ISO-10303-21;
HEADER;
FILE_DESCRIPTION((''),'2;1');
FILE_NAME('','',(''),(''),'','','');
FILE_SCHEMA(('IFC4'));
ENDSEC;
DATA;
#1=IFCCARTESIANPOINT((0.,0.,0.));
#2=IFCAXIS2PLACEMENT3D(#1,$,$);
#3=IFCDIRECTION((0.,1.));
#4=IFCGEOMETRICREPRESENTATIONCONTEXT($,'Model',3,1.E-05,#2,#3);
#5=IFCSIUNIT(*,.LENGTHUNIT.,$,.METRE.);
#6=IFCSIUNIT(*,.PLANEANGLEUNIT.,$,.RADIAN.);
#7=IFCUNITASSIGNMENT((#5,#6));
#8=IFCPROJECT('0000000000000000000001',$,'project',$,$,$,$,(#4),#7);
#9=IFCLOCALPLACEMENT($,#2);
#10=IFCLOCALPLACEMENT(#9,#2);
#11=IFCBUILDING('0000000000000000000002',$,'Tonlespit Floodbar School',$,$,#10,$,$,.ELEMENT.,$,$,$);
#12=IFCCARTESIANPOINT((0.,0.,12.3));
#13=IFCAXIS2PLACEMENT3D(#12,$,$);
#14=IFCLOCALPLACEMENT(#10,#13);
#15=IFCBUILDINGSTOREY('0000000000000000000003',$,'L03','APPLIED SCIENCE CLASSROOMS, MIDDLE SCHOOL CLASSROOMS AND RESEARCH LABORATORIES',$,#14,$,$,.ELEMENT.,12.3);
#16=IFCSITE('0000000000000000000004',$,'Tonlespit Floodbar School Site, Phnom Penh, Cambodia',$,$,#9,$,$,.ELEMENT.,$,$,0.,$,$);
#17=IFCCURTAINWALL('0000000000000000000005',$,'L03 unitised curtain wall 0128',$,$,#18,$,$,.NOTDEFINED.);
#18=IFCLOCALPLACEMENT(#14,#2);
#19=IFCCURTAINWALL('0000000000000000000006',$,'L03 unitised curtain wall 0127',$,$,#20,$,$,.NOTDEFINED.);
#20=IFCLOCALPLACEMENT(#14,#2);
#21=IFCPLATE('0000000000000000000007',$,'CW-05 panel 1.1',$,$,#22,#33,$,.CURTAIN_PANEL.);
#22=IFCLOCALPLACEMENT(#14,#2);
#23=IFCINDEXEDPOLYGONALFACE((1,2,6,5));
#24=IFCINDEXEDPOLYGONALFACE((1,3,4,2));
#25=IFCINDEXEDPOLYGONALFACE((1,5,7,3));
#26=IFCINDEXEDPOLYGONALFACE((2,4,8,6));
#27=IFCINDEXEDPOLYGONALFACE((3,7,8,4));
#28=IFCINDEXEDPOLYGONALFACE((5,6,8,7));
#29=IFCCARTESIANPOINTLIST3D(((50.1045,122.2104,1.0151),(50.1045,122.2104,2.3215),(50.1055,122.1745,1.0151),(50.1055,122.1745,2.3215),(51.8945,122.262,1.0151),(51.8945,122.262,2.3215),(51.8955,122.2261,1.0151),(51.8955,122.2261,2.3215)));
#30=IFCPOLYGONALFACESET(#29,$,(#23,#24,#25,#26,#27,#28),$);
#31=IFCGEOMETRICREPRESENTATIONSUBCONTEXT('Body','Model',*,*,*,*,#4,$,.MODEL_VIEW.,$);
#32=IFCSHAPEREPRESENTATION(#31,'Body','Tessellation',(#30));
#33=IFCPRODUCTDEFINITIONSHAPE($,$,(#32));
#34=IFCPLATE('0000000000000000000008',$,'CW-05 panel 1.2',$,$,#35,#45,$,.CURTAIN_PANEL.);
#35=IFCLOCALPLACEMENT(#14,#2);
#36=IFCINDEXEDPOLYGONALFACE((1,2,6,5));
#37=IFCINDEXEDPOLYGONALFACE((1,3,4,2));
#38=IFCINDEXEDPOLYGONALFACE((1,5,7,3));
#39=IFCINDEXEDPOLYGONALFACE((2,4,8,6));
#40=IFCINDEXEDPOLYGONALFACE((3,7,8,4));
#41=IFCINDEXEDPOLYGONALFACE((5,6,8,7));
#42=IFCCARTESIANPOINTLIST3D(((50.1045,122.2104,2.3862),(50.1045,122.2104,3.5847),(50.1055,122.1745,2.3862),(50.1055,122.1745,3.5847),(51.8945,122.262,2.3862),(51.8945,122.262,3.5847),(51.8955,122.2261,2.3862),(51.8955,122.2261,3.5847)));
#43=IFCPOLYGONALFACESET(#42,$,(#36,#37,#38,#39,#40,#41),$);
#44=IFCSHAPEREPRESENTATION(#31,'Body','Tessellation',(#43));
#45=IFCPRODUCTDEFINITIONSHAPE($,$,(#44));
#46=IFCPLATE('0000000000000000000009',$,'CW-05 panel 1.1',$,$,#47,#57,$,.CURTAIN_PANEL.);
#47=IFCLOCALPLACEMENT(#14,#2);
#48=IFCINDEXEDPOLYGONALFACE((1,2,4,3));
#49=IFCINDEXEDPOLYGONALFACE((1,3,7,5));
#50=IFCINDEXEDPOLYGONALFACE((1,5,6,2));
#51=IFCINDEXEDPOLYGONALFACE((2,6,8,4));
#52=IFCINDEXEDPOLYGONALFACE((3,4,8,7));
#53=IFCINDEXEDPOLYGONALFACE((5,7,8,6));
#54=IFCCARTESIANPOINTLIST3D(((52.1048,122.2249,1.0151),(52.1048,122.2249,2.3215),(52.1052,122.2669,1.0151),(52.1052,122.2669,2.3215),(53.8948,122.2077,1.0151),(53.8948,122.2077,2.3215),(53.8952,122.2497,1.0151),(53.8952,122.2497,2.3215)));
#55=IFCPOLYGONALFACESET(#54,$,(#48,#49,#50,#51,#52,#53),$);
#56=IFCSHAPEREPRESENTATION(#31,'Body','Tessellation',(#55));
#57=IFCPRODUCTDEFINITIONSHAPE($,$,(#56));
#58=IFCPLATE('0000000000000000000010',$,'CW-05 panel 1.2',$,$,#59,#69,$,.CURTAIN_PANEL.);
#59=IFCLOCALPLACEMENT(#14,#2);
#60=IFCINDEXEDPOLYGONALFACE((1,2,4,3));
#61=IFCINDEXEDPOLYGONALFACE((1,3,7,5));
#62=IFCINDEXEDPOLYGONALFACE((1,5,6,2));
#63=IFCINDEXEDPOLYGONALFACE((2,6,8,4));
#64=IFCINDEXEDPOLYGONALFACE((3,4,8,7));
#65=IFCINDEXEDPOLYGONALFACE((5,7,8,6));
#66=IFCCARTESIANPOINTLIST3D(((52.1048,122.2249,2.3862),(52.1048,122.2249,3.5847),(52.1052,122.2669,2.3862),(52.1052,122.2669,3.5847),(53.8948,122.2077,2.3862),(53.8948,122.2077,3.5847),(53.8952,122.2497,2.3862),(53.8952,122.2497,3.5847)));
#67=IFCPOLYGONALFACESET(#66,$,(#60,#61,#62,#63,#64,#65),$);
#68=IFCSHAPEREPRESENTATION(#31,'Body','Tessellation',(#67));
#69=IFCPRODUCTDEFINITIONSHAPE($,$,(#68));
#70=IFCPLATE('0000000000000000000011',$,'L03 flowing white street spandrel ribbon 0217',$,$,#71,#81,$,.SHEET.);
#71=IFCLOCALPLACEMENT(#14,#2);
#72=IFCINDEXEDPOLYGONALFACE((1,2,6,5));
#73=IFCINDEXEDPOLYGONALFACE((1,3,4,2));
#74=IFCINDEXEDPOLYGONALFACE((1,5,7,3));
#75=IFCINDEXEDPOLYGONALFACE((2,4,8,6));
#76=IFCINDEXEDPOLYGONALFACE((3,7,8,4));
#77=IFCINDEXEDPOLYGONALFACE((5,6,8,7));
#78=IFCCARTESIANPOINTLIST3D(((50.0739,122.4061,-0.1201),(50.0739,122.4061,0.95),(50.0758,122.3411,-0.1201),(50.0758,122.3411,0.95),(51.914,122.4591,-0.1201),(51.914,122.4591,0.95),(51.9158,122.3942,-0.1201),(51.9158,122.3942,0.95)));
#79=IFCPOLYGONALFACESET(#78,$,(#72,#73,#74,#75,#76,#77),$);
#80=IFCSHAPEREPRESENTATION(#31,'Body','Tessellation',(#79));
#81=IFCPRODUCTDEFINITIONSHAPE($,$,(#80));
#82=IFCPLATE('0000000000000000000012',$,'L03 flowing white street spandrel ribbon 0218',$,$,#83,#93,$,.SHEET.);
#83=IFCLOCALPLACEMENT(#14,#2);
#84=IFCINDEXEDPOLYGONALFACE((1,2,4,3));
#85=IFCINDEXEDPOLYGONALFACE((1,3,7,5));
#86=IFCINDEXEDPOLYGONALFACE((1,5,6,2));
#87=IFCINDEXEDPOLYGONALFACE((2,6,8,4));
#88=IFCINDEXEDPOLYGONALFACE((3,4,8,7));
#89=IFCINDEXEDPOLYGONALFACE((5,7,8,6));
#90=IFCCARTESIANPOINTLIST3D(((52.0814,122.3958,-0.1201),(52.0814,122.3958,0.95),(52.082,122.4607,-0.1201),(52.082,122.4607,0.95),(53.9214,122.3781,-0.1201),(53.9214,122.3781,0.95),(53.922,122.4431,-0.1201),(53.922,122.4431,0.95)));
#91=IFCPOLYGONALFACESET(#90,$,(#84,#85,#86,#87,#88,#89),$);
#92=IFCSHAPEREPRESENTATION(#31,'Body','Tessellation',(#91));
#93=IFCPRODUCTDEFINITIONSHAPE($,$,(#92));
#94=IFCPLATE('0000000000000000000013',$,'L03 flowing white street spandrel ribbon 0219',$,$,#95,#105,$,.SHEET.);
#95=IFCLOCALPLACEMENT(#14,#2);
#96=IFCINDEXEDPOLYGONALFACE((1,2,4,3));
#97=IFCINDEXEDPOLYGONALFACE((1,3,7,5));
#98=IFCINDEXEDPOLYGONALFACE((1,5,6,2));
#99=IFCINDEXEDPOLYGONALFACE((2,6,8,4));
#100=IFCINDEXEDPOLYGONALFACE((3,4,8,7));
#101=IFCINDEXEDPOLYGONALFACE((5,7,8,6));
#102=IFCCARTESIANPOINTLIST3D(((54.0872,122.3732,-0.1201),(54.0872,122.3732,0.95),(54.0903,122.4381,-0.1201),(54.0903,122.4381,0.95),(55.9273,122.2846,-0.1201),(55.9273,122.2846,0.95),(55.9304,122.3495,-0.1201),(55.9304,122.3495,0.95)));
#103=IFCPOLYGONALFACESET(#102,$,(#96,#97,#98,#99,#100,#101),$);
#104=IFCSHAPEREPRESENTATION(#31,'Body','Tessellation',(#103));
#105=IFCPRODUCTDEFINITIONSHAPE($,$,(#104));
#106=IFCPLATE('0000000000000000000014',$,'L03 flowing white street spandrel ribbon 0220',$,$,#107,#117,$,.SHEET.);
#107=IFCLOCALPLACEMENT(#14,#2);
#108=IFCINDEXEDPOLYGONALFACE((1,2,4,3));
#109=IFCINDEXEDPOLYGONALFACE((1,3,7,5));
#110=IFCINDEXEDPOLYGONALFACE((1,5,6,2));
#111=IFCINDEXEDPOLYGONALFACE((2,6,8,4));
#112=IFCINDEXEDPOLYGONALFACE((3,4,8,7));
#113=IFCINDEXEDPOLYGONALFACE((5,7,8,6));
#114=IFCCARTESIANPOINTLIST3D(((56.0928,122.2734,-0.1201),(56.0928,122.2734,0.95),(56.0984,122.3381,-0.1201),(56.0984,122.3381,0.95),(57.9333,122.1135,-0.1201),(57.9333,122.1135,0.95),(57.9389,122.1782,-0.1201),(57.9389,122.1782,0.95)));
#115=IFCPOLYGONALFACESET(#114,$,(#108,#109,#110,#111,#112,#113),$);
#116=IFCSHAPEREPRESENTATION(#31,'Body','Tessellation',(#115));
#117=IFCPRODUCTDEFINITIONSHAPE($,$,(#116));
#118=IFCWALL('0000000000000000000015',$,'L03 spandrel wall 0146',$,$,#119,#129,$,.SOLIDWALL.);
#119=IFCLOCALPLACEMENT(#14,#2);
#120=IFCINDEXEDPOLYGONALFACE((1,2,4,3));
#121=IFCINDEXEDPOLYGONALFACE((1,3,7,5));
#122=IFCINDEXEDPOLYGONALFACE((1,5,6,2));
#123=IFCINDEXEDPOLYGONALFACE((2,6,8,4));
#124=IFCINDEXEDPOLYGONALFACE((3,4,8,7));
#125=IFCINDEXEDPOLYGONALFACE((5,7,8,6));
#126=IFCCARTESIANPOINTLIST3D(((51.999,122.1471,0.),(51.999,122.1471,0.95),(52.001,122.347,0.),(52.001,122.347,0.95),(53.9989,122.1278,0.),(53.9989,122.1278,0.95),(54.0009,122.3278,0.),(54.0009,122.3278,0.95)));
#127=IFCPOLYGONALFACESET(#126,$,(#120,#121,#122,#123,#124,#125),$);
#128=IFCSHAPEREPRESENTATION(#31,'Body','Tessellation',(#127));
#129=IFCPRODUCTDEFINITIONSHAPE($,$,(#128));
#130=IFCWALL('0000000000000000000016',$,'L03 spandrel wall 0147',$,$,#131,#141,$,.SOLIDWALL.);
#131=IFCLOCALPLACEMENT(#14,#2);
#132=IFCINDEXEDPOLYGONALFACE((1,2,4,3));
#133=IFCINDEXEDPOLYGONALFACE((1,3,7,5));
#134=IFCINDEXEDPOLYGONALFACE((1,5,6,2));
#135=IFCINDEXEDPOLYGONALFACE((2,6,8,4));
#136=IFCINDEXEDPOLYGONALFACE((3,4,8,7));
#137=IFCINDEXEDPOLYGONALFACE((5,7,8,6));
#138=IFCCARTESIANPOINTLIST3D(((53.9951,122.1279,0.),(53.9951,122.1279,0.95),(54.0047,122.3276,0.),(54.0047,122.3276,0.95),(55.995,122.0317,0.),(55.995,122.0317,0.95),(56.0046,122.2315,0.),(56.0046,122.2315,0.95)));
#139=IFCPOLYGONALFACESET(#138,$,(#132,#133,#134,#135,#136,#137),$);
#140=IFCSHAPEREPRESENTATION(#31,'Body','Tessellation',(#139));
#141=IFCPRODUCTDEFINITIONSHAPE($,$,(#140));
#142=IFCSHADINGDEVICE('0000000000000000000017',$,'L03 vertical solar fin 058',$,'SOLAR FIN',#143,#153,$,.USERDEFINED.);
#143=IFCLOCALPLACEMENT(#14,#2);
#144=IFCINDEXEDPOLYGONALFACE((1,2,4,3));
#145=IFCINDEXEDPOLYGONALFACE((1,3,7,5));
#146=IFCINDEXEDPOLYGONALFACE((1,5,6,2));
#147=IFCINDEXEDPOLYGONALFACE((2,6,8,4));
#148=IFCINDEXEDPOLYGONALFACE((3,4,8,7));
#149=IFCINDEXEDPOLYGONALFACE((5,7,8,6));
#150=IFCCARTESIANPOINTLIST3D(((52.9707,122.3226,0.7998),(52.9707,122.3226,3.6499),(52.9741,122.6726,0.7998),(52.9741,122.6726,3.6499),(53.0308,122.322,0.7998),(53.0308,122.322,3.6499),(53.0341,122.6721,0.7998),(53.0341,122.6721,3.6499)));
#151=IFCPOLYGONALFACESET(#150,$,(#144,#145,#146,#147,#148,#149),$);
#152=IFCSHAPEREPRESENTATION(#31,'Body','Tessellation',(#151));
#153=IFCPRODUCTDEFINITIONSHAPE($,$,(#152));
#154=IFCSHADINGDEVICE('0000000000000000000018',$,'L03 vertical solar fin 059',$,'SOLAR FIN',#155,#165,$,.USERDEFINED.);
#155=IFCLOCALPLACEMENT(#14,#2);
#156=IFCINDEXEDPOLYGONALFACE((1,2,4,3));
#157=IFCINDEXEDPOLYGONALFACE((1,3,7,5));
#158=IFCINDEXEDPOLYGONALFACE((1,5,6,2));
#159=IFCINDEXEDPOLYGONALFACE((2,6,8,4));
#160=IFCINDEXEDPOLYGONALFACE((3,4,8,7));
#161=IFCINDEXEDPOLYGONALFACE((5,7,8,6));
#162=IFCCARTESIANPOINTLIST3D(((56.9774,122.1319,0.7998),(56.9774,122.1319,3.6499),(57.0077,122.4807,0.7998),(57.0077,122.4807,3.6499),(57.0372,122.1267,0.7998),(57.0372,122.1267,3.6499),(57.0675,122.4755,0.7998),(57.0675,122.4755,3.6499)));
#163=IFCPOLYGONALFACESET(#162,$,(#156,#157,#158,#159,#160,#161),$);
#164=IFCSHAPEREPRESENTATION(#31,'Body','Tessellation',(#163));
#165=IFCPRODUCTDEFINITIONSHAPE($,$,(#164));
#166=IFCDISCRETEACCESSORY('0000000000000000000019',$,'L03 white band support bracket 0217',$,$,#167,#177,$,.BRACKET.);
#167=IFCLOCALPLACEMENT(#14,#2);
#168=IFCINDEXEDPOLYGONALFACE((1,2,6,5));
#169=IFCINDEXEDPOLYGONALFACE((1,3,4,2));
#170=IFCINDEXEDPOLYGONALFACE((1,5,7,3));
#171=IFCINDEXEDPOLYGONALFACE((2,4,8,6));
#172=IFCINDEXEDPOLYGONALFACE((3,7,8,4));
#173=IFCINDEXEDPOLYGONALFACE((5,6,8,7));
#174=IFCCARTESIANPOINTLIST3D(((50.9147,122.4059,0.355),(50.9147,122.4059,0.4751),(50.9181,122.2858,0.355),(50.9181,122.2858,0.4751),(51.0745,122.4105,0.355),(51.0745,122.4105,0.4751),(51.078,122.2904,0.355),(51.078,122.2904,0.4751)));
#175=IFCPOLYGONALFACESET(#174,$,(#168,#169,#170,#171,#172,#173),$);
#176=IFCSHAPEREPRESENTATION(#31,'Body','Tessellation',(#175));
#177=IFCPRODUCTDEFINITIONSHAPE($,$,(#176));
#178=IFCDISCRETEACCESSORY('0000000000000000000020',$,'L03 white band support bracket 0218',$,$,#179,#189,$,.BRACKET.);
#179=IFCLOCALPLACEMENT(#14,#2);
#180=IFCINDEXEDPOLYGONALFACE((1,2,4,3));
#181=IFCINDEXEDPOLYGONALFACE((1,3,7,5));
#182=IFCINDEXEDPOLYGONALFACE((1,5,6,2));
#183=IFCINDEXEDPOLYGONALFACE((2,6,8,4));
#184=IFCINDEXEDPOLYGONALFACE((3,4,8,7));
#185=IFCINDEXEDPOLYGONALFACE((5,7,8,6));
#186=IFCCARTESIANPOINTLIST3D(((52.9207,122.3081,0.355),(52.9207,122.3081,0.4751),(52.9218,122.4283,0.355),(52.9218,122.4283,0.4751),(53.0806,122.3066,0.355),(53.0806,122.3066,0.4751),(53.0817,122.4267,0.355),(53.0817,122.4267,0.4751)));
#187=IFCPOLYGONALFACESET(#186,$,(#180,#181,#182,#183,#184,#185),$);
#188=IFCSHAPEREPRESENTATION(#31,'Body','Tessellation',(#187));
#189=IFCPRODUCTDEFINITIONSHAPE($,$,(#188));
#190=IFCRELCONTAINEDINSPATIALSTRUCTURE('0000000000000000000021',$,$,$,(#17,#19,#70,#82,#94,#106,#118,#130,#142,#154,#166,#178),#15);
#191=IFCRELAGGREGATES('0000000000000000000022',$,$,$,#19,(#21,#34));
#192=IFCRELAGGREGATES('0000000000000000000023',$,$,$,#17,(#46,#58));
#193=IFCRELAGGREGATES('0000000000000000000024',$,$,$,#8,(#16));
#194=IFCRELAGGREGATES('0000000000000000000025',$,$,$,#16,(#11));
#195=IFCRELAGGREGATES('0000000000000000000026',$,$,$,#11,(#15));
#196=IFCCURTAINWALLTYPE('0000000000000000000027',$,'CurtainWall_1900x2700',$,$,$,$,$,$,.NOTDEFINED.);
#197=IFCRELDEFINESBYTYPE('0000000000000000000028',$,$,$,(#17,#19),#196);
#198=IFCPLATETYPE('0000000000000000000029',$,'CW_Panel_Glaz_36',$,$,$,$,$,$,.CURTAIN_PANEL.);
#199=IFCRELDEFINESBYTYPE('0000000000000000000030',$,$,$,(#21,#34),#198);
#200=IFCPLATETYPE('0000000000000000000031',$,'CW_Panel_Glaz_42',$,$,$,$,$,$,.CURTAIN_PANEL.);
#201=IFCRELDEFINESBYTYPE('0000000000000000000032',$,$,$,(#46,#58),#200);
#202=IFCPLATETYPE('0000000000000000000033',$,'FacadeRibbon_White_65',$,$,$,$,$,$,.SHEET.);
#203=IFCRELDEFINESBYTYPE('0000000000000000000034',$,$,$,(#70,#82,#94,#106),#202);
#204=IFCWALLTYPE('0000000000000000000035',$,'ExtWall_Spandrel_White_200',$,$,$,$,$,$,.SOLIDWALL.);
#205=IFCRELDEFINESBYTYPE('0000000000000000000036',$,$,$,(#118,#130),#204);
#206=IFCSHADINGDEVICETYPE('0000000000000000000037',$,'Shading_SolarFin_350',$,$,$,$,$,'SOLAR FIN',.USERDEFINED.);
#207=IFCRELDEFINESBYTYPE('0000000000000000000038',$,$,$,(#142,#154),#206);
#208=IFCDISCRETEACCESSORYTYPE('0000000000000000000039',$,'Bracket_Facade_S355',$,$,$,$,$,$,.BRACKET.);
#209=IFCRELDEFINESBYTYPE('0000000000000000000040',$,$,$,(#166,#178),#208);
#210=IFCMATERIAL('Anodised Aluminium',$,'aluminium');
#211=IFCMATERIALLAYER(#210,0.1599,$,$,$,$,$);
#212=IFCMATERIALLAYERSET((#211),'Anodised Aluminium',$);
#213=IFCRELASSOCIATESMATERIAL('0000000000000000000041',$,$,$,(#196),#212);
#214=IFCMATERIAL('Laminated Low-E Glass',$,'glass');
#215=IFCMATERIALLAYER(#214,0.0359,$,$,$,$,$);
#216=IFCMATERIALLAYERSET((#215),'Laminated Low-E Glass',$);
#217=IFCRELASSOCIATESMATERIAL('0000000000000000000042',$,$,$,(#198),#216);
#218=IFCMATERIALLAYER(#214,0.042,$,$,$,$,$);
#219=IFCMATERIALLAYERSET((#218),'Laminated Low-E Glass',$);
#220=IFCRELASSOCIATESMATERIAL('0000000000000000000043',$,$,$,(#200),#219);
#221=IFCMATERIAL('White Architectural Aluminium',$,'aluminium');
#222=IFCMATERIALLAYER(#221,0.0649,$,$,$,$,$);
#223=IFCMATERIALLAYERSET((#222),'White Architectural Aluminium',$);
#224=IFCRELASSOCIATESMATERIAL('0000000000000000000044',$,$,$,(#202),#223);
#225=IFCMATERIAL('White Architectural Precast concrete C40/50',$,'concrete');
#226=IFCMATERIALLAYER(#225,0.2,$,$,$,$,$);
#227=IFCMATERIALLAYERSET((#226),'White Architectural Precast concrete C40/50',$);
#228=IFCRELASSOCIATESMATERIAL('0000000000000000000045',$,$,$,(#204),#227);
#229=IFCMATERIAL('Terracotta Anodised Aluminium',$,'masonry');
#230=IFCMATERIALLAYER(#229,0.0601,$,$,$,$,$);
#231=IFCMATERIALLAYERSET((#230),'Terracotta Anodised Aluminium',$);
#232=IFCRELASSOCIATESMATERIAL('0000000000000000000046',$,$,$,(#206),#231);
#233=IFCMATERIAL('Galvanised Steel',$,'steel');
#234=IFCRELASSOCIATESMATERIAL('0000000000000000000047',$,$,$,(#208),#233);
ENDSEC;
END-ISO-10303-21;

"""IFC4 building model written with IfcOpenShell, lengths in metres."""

from ifc_helpers import new_model, si_unit, direction, frame, frame_2d, origin, origin_2d, place, context, subcontext, project, spatial, rectangle, extrude, material, layer, layer_set, type_object, element, aggregate, save


model = new_model("IFC4")

# Units and contexts
model_context = context("Model", 3, precision=1e-05, world=origin(), true_north=direction((0.0, 1.0)))
body_context = subcontext(model_context, "Body", "Model", "MODEL_VIEW")
ifc_project = project(units=[si_unit("LENGTHUNIT", "METRE"), si_unit("PLANEANGLEUNIT", "RADIAN")], contexts=[model_context])

# Site, building, storey
site_placement = place(None, origin())
site = spatial("IfcSite", under=ifc_project, at=site_placement, Name="Tonlespit Floodbar School Site, Phnom Penh, Cambodia", CompositionType="ELEMENT", RefElevation=0.0)
building_placement = place(site_placement, origin())
building = spatial("IfcBuilding", under=site, at=building_placement, Name="Tonlespit Floodbar School", CompositionType="ELEMENT")
storey_placement = place(building_placement, frame((0.0, 0.0, 12.3)))
storey = spatial("IfcBuildingStorey", under=building, at=storey_placement, Name="L03", Description="APPLIED SCIENCE CLASSROOMS, MIDDLE SCHOOL CLASSROOMS AND RESEARCH LABORATORIES", CompositionType="ELEMENT", Elevation=12.3)

# Curtain walls
ifc_material_1 = material(Name="Anodised Aluminium", Category="aluminium")
ifc_layer_1 = layer(ifc_material_1, 0.1599)
ifc_layer_set_1 = layer_set([ifc_layer_1], Name="Anodised Aluminium")
curtain_wall_type = type_object("IfcCurtainWallType", Name="CurtainWall_1900x2700", PredefinedType="NOTDEFINED", material=ifc_layer_set_1)
curtain_wall_1_placement = place(storey_placement, origin())
curtain_wall_1 = element("IfcCurtainWall", 1, at=curtain_wall_1_placement, inside=storey, type_object=curtain_wall_type, Name="L03 unitised curtain wall 0128", PredefinedType="NOTDEFINED")
curtain_wall_2_placement = place(storey_placement, origin())
curtain_wall_2 = element("IfcCurtainWall", 2, at=curtain_wall_2_placement, inside=storey, type_object=curtain_wall_type, Name="L03 unitised curtain wall 0127", PredefinedType="NOTDEFINED")

# Plates
ifc_material_2 = material(Name="Laminated Low-E Glass", Category="glass")
ifc_layer_2 = layer(ifc_material_2, 0.0359)
ifc_layer_set_2 = layer_set([ifc_layer_2], Name="Laminated Low-E Glass")
plate_type_1 = type_object("IfcPlateType", Name="CW_Panel_Glaz_36", PredefinedType="CURTAIN_PANEL", material=ifc_layer_set_2)
plate_1_placement = place(storey_placement, frame((51.0, 122.2183, 1.0151), z_axis=(0.0, 0.0, 1.0), x_axis=(0.999585, 0.02879, 0.0)))
plate_1 = element("IfcPlate", 3, at=plate_1_placement, type_object=plate_type_1, Name="CW-05 panel 1.1", PredefinedType="CURTAIN_PANEL", context=body_context, shape_type="SweptSolid", body=[
    extrude(rectangle(XDim=1.7908, YDim=0.0359, at=origin_2d()), origin(), (0.0, 0.0, 1.0), 1.3064),
])
plate_2_placement = place(storey_placement, frame((51.0, 122.2183, 2.3862), z_axis=(0.0, 0.0, 1.0), x_axis=(0.999585, 0.02879, 0.0)))
plate_2 = element("IfcPlate", 4, at=plate_2_placement, type_object=plate_type_1, Name="CW-05 panel 1.2", PredefinedType="CURTAIN_PANEL", context=body_context, shape_type="SweptSolid", body=[
    extrude(rectangle(XDim=1.7908, YDim=0.0359, at=origin_2d()), origin(), (0.0, 0.0, 1.0), 1.1985),
])
aggregate(curtain_wall_2, [plate_1, plate_2])
ifc_layer_3 = layer(ifc_material_2, 0.042)
ifc_layer_set_3 = layer_set([ifc_layer_3], Name="Laminated Low-E Glass")
plate_type_2 = type_object("IfcPlateType", Name="CW_Panel_Glaz_42", PredefinedType="CURTAIN_PANEL", material=ifc_layer_set_3)
plate_3_placement = place(storey_placement, frame((53.0, 122.2373, 1.0151), z_axis=(0.0, 0.0, 1.0), x_axis=(0.999954, -0.009583, 0.0)))
plate_3 = element("IfcPlate", 5, at=plate_3_placement, type_object=plate_type_2, Name="CW-05 panel 1.1", PredefinedType="CURTAIN_PANEL", context=body_context, shape_type="SweptSolid", body=[
    extrude(rectangle(XDim=1.79, YDim=0.042, at=origin_2d()), origin(), (0.0, 0.0, 1.0), 1.3064),
])
plate_4_placement = place(storey_placement, frame((53.0, 122.2373, 2.3862), z_axis=(0.0, 0.0, 1.0), x_axis=(0.999954, -0.009583, 0.0)))
plate_4 = element("IfcPlate", 6, at=plate_4_placement, type_object=plate_type_2, Name="CW-05 panel 1.2", PredefinedType="CURTAIN_PANEL", context=body_context, shape_type="SweptSolid", body=[
    extrude(rectangle(XDim=1.79, YDim=0.042, at=origin_2d()), origin(), (0.0, 0.0, 1.0), 1.1985),
])
aggregate(curtain_wall_1, [plate_3, plate_4])

# Plates
ifc_material_3 = material(Name="White Architectural Aluminium", Category="aluminium")
ifc_layer_4 = layer(ifc_material_3, 0.0649)
ifc_layer_set_4 = layer_set([ifc_layer_4], Name="White Architectural Aluminium")
plate_type_3 = type_object("IfcPlateType", Name="FacadeRibbon_White_65", PredefinedType="SHEET", material=ifc_layer_set_4)
plate_5_placement = place(storey_placement, frame((50.9949, 122.4001, -0.1201), z_axis=(0.0, 0.0, 1.0), x_axis=(0.999584, 0.028838, 0.0)))
element("IfcPlate", 7, at=plate_5_placement, inside=storey, type_object=plate_type_3, Name="L03 flowing white street spandrel ribbon 0217", PredefinedType="SHEET", context=body_context, shape_type="SweptSolid", body=[
    extrude(rectangle(XDim=1.8408, YDim=0.0649, at=origin_2d()), origin(), (0.0, 0.0, 1.0), 1.0701),
])
plate_6_placement = place(storey_placement, frame((53.0017, 122.4194, -0.1201), z_axis=(0.0, 0.0, 1.0), x_axis=(0.999954, -0.009599, 0.0)))
element("IfcPlate", 8, at=plate_6_placement, inside=storey, type_object=plate_type_3, Name="L03 flowing white street spandrel ribbon 0218", PredefinedType="SHEET", context=body_context, shape_type="SweptSolid", body=[
    extrude(rectangle(XDim=1.8401, YDim=0.0649, at=origin_2d()), origin(), (0.0, 0.0, 1.0), 1.0701),
])
plate_7_placement = place(storey_placement, frame((55.0088, 122.3613, -0.1201), z_axis=(0.0, 0.0, 1.0), x_axis=(0.998843, -0.048095, 0.0)))
element("IfcPlate", 9, at=plate_7_placement, inside=storey, type_object=plate_type_3, Name="L03 flowing white street spandrel ribbon 0219", PredefinedType="SHEET", context=body_context, shape_type="SweptSolid", body=[
    extrude(rectangle(XDim=1.8423, YDim=0.0649, at=origin_2d()), origin(), (0.0, 0.0, 1.0), 1.0701),
])
plate_8_placement = place(storey_placement, frame((57.0159, 122.2258, -0.1201), z_axis=(0.0, 0.0, 1.0), x_axis=(0.996245, -0.086573, 0.0)))
element("IfcPlate", 10, at=plate_8_placement, inside=storey, type_object=plate_type_3, Name="L03 flowing white street spandrel ribbon 0220", PredefinedType="SHEET", context=body_context, shape_type="SweptSolid", body=[
    extrude(rectangle(XDim=1.8474, YDim=0.0649, at=origin_2d()), origin(), (0.0, 0.0, 1.0), 1.0701),
])

# Walls
ifc_material_4 = material(Name="White Architectural Precast concrete C40/50", Category="concrete")
ifc_layer_5 = layer(ifc_material_4, 0.2)
ifc_layer_set_5 = layer_set([ifc_layer_5], Name="White Architectural Precast concrete C40/50")
wall_type = type_object("IfcWallType", Name="ExtWall_Spandrel_White_200", PredefinedType="SOLIDWALL", material=ifc_layer_set_5)
wall_1_placement = place(storey_placement, frame((52.0, 122.2471, 0.0), z_axis=(0.0, 0.0, 1.0), x_axis=(0.999954, -0.009643, 0.0)))
element("IfcWall", 11, at=wall_1_placement, inside=storey, type_object=wall_type, Name="L03 spandrel wall 0146", PredefinedType="SOLIDWALL", context=body_context, shape_type="SweptSolid", body=[
    extrude(rectangle(XDim=2.0, YDim=0.2, at=frame_2d((1.0, 0.0))), origin(), (0.0, 0.0, 1.0), 0.95),
])
wall_2_placement = place(storey_placement, frame((54.0, 122.2278, 0.0), z_axis=(0.0, 0.0, 1.0), x_axis=(0.998845, -0.04804, 0.0)))
element("IfcWall", 12, at=wall_2_placement, inside=storey, type_object=wall_type, Name="L03 spandrel wall 0147", PredefinedType="SOLIDWALL", context=body_context, shape_type="SweptSolid", body=[
    extrude(rectangle(XDim=2.0022, YDim=0.2, at=frame_2d((1.001, 0.0))), origin(), (0.0, 0.0, 1.0), 0.95),
])

# Shading devices
ifc_material_5 = material(Name="Terracotta Anodised Aluminium", Category="masonry")
ifc_layer_6 = layer(ifc_material_5, 0.0601)
ifc_layer_set_6 = layer_set([ifc_layer_6], Name="Terracotta Anodised Aluminium")
shading_device_type = type_object("IfcShadingDeviceType", Name="Shading_SolarFin_350", ElementType="SOLAR FIN", PredefinedType="USERDEFINED", material=ifc_layer_set_6)
for number, where, z_axis, x_axis, name in (
    (13, (53.0024, 122.4973, 0.7998), (0.0, 0.0, 1.0), (0.999954, -0.009599, 0.0), "L03 vertical solar fin 058"),
    (14, (57.0225, 122.3037, 0.7998), (0.0, 0.0, 1.0), (0.996245, -0.086573, 0.0), "L03 vertical solar fin 059"),
):
    element("IfcShadingDevice", number, at=place(storey_placement, frame(where, z_axis=z_axis, x_axis=x_axis)), inside=storey, type_object=shading_device_type, Name=name, ObjectType="SOLAR FIN", PredefinedType="USERDEFINED", context=body_context, shape_type="SweptSolid", body=[
        extrude(rectangle(XDim=0.0601, YDim=0.3501, at=origin_2d()), origin(), (0.0, 0.0, 1.0), 2.8501),
    ])

# Discrete accessories
ifc_material_6 = material(Name="Galvanised Steel", Category="steel")
discrete_accessory_type = type_object("IfcDiscreteAccessoryType", Name="Bracket_Facade_S355", PredefinedType="BRACKET", material=ifc_material_6)
for number, where, z_axis, x_axis, name in (
    (15, (50.9963, 122.3481, 0.355), (0.0, 0.0, 1.0), (0.999584, 0.028838, 0.0), "L03 white band support bracket 0217"),
    (16, (53.0012, 122.3674, 0.355), (0.0, 0.0, 1.0), (0.999954, -0.009599, 0.0), "L03 white band support bracket 0218"),
):
    element("IfcDiscreteAccessory", number, at=place(storey_placement, frame(where, z_axis=z_axis, x_axis=x_axis)), inside=storey, type_object=discrete_accessory_type, Name=name, PredefinedType="BRACKET", context=body_context, shape_type="SweptSolid", body=[
        extrude(rectangle(XDim=0.1599, YDim=0.1201, at=origin_2d()), origin(), (0.0, 0.0, 1.0), 0.1201),
    ])

save(model, "model.ifc")
